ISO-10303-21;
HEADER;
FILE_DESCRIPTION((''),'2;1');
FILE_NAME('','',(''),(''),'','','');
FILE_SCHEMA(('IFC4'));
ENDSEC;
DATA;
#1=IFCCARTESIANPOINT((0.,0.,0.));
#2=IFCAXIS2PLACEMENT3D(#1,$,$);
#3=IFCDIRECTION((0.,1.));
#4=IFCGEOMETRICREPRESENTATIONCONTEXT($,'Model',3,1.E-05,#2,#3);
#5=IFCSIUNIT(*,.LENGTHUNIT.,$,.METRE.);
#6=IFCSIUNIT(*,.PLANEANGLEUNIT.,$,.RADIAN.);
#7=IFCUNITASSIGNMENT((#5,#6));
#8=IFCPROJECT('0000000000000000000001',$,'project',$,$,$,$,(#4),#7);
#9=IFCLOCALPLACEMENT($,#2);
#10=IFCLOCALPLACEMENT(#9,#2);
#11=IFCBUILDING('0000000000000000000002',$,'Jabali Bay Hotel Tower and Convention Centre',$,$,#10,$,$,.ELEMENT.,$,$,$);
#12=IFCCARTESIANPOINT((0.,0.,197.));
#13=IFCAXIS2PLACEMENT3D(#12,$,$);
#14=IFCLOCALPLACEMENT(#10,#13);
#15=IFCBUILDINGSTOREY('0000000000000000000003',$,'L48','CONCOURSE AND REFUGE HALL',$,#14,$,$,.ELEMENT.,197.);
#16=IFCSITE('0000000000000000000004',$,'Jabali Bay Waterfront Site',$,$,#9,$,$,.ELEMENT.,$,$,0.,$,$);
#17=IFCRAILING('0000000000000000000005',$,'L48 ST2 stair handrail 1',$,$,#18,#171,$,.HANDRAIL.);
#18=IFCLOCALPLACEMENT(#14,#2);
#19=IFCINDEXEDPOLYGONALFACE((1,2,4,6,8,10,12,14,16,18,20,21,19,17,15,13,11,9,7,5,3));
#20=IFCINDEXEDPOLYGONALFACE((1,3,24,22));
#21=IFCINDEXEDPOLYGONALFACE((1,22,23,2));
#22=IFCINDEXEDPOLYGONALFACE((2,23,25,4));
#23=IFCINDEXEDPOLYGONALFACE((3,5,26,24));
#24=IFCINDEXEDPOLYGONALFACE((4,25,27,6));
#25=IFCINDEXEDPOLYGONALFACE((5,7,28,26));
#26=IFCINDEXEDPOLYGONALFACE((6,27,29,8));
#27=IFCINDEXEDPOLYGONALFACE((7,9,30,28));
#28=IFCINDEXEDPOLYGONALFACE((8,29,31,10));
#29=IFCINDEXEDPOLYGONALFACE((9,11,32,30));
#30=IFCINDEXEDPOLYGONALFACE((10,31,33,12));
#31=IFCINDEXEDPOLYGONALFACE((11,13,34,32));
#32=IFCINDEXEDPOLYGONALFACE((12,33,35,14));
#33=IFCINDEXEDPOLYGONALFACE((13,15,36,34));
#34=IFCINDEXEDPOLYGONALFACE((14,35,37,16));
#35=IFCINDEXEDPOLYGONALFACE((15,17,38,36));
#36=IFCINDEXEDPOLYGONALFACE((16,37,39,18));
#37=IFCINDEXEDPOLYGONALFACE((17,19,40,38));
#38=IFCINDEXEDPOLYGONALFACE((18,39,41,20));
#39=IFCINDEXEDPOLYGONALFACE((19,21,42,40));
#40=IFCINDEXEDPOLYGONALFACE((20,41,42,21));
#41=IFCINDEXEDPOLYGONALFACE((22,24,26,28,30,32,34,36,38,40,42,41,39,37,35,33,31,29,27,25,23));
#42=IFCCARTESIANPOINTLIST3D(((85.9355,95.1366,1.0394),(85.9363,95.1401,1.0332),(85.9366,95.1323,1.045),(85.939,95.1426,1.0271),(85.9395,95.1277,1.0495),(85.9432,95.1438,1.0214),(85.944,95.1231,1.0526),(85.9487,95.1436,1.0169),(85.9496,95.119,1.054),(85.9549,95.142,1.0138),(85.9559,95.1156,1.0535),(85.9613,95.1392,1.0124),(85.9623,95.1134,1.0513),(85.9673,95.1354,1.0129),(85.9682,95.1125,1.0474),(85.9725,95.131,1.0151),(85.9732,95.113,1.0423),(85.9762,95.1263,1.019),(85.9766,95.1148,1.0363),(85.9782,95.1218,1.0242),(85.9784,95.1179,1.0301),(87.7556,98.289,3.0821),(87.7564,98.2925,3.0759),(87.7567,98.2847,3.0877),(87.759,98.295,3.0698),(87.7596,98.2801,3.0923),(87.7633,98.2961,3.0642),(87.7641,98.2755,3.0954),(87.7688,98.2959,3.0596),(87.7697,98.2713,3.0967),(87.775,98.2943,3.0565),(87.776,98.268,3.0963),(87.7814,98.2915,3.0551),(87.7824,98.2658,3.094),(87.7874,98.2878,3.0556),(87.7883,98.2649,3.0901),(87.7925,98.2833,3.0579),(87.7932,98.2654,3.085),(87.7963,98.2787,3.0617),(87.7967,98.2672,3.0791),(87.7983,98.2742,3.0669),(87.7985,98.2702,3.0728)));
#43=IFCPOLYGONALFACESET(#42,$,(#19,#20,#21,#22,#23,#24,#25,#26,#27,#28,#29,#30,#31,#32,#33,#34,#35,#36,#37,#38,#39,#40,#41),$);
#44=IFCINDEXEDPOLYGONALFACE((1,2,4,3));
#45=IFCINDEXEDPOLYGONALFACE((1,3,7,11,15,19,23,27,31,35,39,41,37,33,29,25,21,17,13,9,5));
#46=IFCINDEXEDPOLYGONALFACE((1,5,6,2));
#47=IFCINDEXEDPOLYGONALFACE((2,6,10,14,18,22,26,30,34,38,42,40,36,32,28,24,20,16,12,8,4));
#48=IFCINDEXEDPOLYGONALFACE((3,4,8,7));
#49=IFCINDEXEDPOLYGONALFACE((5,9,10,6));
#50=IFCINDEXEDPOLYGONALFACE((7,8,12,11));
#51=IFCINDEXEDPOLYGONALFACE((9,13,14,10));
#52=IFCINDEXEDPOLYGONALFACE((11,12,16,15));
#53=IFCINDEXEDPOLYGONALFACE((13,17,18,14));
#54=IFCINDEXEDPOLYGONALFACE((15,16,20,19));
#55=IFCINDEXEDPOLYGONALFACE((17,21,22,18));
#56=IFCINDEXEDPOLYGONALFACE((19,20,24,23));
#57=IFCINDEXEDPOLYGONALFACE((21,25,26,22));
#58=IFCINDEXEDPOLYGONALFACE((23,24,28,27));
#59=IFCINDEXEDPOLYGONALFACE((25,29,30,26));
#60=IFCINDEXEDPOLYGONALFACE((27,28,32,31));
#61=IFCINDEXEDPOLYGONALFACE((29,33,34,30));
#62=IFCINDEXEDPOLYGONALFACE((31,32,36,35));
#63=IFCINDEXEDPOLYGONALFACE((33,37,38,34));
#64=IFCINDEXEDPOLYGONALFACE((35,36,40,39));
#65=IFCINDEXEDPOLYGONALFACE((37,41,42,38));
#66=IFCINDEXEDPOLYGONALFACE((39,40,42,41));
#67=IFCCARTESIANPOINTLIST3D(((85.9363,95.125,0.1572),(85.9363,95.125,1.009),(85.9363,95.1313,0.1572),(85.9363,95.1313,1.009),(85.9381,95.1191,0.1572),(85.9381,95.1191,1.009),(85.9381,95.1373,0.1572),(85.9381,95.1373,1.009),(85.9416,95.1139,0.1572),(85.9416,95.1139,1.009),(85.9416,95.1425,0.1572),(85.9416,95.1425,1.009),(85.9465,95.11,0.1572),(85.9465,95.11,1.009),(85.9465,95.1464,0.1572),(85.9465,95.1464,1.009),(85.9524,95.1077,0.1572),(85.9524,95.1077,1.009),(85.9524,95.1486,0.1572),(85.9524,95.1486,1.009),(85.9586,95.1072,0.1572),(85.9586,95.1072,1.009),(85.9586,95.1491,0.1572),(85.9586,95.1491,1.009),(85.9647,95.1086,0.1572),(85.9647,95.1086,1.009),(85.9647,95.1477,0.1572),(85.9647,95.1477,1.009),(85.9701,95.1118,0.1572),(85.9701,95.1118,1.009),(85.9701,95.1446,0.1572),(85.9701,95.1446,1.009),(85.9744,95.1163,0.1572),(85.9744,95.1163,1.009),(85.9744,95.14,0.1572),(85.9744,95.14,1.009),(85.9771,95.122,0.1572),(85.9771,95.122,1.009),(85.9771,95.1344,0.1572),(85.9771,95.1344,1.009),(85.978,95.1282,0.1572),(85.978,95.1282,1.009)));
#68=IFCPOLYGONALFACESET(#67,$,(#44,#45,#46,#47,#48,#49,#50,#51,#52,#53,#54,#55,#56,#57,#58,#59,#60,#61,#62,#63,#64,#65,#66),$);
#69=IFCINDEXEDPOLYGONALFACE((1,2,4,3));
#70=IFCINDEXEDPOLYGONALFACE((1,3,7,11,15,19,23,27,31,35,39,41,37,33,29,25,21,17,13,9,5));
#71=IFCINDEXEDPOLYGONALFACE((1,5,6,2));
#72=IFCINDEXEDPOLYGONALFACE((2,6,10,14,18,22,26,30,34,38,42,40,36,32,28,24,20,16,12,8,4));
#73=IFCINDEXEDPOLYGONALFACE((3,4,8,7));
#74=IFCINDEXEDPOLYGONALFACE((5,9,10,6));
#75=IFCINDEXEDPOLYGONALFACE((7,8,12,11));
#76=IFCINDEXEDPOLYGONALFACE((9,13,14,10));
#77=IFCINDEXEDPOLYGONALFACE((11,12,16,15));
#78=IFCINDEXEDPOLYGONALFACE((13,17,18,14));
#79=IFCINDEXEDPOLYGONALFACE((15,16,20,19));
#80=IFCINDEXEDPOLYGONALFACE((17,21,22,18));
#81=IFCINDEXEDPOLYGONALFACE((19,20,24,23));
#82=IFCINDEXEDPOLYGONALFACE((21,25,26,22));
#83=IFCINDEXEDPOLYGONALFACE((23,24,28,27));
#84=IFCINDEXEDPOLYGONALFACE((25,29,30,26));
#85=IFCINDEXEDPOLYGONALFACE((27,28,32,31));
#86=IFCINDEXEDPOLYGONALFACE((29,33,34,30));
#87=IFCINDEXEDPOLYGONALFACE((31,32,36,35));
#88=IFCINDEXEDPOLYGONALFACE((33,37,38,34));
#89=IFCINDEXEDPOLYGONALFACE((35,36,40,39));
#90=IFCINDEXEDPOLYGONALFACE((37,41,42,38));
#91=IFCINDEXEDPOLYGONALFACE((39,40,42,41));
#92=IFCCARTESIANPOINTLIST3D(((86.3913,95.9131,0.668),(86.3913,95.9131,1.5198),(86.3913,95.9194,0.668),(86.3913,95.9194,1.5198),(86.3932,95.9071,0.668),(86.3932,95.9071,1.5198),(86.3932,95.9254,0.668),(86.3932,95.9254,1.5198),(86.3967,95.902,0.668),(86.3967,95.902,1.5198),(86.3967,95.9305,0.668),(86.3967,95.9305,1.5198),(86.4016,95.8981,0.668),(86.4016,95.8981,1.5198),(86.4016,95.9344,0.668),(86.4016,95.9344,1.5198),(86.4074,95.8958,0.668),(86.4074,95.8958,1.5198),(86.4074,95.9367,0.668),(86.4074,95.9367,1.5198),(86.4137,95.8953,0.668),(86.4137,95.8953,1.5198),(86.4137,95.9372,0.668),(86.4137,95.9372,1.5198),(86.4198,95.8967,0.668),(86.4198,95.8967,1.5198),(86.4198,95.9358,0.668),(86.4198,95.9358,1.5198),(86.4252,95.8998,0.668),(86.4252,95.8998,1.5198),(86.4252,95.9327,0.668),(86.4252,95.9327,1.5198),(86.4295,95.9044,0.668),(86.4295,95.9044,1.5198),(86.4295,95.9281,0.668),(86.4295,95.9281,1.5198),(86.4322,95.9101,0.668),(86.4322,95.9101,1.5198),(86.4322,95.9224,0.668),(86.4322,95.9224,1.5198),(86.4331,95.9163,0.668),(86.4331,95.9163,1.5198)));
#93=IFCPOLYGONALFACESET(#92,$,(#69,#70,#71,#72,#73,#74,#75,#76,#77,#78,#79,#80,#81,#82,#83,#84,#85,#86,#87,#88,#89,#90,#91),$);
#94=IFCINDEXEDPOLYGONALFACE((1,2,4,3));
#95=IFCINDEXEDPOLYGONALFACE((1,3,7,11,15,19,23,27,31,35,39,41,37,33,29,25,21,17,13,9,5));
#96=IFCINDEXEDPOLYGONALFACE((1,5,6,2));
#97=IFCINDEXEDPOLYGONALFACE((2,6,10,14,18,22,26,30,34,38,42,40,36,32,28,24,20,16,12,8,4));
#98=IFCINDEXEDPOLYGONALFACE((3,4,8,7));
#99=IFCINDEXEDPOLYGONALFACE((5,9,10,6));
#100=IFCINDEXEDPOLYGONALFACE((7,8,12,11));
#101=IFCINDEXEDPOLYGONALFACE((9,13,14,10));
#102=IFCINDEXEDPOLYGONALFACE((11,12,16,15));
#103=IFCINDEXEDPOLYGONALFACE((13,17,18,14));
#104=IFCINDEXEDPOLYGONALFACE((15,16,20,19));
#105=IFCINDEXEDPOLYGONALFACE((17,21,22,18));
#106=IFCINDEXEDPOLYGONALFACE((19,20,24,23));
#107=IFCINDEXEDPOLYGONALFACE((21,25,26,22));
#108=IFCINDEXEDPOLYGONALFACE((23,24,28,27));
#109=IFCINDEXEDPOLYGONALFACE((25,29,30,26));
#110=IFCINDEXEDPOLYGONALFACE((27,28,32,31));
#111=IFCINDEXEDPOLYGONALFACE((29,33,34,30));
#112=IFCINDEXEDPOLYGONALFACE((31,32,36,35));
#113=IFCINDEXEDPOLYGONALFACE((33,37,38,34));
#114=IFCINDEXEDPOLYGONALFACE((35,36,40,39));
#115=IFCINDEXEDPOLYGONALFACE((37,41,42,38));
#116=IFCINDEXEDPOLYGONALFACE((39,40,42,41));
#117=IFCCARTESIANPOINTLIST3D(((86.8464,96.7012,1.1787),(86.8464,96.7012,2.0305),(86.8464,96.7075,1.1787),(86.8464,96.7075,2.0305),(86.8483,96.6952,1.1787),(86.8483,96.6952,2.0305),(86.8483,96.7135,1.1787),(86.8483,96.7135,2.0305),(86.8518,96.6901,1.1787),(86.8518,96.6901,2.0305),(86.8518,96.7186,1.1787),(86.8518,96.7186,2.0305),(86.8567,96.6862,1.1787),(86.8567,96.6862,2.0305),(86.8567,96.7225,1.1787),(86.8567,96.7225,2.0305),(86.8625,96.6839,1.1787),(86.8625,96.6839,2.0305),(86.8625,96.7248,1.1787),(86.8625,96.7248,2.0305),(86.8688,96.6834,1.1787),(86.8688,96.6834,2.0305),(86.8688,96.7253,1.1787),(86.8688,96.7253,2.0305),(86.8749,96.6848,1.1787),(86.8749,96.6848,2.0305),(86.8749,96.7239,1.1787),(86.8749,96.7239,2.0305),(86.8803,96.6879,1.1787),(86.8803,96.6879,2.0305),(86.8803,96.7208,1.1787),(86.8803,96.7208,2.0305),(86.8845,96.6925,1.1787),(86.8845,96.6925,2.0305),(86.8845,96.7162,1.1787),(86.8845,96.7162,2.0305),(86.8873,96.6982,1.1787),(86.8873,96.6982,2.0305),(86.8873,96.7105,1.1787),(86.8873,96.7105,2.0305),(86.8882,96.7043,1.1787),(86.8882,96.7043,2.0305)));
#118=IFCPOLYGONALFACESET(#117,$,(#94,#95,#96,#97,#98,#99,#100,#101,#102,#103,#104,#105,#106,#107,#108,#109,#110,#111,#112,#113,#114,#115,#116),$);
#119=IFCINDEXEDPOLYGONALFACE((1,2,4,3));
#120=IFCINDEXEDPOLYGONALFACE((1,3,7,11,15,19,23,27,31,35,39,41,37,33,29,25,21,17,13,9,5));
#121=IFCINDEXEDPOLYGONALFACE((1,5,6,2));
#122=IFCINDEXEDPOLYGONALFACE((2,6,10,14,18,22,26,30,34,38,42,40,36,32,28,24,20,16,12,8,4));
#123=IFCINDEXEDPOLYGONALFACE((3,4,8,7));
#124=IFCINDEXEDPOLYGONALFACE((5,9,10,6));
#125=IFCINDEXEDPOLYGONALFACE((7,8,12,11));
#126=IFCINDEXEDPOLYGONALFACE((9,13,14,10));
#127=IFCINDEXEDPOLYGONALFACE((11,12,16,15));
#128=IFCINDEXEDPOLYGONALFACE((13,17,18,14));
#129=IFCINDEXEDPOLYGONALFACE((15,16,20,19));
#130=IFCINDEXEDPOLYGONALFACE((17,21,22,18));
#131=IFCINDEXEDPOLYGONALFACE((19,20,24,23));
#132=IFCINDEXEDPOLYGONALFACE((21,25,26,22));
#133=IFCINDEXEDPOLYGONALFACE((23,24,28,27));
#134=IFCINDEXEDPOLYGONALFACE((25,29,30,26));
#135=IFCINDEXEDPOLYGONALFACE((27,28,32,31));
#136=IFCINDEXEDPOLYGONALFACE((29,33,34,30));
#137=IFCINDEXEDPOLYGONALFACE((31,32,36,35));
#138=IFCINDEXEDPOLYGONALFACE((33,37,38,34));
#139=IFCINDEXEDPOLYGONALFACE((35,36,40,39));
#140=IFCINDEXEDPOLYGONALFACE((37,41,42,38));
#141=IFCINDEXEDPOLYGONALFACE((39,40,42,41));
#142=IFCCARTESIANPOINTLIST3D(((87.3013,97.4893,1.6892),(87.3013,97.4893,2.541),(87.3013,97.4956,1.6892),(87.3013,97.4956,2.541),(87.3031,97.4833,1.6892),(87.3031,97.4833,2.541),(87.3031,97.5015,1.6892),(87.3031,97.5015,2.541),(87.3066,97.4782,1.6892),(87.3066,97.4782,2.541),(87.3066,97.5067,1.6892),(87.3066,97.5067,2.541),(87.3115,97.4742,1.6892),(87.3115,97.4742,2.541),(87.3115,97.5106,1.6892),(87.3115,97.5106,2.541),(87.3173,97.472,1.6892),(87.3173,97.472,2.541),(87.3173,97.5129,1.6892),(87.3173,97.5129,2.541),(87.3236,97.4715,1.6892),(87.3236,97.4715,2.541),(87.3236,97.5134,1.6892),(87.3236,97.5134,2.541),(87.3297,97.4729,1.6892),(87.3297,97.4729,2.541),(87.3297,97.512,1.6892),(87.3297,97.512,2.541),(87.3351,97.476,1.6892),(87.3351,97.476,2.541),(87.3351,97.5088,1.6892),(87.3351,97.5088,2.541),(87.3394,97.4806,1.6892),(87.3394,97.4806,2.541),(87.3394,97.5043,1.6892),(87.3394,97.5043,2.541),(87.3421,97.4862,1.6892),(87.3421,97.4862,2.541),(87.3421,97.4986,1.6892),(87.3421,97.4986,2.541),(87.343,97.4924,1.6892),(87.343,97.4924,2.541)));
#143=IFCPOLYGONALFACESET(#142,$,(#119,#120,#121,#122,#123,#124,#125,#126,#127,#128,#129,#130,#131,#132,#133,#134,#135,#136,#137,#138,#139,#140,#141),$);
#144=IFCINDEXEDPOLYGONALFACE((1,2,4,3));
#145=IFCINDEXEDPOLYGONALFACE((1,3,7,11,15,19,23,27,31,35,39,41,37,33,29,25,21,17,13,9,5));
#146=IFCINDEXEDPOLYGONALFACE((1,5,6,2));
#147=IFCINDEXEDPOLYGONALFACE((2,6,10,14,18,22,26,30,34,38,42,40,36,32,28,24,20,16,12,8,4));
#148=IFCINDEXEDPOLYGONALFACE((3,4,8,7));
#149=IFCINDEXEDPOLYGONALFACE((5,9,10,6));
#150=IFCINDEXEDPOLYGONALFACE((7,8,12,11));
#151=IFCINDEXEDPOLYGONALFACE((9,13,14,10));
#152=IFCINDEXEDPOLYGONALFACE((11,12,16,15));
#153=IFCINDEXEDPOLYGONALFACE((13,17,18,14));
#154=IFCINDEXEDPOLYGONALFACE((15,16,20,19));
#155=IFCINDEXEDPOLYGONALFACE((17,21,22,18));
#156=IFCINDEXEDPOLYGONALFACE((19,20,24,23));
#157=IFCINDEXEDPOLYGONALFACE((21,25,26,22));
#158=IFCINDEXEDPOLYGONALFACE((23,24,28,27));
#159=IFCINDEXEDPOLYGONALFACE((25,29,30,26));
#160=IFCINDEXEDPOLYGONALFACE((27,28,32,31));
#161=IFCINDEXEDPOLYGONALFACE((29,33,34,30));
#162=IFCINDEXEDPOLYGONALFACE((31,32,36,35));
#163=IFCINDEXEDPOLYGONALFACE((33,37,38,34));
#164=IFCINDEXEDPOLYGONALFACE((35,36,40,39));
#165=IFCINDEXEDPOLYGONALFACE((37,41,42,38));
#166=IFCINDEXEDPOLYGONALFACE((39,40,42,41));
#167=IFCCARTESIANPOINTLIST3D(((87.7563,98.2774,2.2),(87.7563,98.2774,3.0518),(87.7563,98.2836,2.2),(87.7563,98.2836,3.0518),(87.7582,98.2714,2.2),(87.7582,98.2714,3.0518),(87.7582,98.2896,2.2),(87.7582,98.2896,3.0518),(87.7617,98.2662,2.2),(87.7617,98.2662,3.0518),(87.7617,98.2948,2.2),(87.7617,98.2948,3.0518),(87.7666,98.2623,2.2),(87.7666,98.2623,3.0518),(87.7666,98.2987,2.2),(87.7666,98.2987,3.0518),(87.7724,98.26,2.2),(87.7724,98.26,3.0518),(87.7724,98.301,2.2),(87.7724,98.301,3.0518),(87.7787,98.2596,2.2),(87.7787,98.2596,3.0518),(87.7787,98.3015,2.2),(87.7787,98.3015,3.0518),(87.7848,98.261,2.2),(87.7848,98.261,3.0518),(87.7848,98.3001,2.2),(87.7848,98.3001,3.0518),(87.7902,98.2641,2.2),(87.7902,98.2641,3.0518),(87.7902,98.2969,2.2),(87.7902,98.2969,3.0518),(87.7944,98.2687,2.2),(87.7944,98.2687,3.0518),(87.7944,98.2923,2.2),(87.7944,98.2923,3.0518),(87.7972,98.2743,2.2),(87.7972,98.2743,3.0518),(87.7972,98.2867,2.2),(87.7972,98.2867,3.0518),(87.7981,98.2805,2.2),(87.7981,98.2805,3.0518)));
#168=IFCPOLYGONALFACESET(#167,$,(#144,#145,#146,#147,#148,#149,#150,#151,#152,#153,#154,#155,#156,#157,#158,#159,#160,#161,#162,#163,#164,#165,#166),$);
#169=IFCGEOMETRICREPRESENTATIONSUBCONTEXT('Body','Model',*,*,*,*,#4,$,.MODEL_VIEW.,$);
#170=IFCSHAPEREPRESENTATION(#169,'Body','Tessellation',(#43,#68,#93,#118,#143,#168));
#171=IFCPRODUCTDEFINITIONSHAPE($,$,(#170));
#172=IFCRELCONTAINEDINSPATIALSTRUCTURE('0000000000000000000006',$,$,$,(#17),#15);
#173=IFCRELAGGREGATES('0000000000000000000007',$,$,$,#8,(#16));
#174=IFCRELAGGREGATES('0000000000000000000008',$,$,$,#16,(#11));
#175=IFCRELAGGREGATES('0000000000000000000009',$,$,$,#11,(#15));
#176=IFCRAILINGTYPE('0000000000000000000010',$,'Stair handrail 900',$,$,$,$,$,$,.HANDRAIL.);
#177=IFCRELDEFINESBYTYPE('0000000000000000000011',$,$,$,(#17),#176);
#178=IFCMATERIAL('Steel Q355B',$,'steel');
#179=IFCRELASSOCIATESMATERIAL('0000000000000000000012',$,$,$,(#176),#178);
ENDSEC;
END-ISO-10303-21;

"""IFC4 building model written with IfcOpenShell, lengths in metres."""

from ifc_helpers import new_model, si_unit, direction, frame, origin, origin_2d, place, context, subcontext, project, spatial, circle, extrude, material, type_object, element, save


model = new_model("IFC4")

# Units and contexts
model_context = context("Model", 3, precision=1e-05, world=origin(), true_north=direction((0.0, 1.0)))
body_context = subcontext(model_context, "Body", "Model", "MODEL_VIEW")
ifc_project = project(units=[si_unit("LENGTHUNIT", "METRE"), si_unit("PLANEANGLEUNIT", "RADIAN")], contexts=[model_context])

# Site, building, storey
site_placement = place(None, origin())
site = spatial("IfcSite", under=ifc_project, at=site_placement, Name="Jabali Bay Waterfront Site", CompositionType="ELEMENT", RefElevation=0.0)
building_placement = place(site_placement, origin())
building = spatial("IfcBuilding", under=site, at=building_placement, Name="Jabali Bay Hotel Tower and Convention Centre", CompositionType="ELEMENT")
storey_placement = place(building_placement, frame((0.0, 0.0, 197.0)))
storey = spatial("IfcBuildingStorey", under=building, at=storey_placement, Name="L48", Description="CONCOURSE AND REFUGE HALL", CompositionType="ELEMENT", Elevation=197.0)

# Railing
ifc_material_1 = material(Name="Steel Q355B", Category="steel")
railing_type_1 = type_object("IfcRailingType", Name="Stair handrail 900", PredefinedType="HANDRAIL", material=ifc_material_1)
railing_1_placement = place(storey_placement, frame((85.957, 95.1282, 0.1572)))
element("IfcRailing", 1, at=railing_1_placement, inside=storey, type_object=railing_type_1, Name="L48 ST2 stair handrail 1", PredefinedType="HANDRAIL", context=body_context, shape_type="SweptSolid", body=[
    extrude(circle(Radius=0.0239, at=origin_2d()), frame((0.0, 0.0, 0.876), z_axis=(0.436044, 0.755225, 0.489387), x_axis=(-0.866018, 0.500013, 0.0)), (0.0, 0.0, 1.0), 4.1741),
    extrude(circle(Radius=0.021, at=origin_2d()), origin(), (0.0, 0.0, 1.0), 0.8518),
    extrude(circle(Radius=0.021, at=origin_2d()), frame((0.4551, 0.7881, 0.5107)), (0.0, 0.0, 1.0), 0.8518),
    extrude(circle(Radius=0.021, at=origin_2d()), frame((0.9102, 1.5762, 1.0215)), (0.0, 0.0, 1.0), 0.8518),
    extrude(circle(Radius=0.021, at=origin_2d()), frame((1.365, 2.3643, 1.532)), (0.0, 0.0, 1.0), 0.8518),
    extrude(circle(Radius=0.021, at=origin_2d()), frame((1.8201, 3.1523, 2.0427)), (0.0, 0.0, 1.0), 0.8518),
])

save(model, "model.ifc")
